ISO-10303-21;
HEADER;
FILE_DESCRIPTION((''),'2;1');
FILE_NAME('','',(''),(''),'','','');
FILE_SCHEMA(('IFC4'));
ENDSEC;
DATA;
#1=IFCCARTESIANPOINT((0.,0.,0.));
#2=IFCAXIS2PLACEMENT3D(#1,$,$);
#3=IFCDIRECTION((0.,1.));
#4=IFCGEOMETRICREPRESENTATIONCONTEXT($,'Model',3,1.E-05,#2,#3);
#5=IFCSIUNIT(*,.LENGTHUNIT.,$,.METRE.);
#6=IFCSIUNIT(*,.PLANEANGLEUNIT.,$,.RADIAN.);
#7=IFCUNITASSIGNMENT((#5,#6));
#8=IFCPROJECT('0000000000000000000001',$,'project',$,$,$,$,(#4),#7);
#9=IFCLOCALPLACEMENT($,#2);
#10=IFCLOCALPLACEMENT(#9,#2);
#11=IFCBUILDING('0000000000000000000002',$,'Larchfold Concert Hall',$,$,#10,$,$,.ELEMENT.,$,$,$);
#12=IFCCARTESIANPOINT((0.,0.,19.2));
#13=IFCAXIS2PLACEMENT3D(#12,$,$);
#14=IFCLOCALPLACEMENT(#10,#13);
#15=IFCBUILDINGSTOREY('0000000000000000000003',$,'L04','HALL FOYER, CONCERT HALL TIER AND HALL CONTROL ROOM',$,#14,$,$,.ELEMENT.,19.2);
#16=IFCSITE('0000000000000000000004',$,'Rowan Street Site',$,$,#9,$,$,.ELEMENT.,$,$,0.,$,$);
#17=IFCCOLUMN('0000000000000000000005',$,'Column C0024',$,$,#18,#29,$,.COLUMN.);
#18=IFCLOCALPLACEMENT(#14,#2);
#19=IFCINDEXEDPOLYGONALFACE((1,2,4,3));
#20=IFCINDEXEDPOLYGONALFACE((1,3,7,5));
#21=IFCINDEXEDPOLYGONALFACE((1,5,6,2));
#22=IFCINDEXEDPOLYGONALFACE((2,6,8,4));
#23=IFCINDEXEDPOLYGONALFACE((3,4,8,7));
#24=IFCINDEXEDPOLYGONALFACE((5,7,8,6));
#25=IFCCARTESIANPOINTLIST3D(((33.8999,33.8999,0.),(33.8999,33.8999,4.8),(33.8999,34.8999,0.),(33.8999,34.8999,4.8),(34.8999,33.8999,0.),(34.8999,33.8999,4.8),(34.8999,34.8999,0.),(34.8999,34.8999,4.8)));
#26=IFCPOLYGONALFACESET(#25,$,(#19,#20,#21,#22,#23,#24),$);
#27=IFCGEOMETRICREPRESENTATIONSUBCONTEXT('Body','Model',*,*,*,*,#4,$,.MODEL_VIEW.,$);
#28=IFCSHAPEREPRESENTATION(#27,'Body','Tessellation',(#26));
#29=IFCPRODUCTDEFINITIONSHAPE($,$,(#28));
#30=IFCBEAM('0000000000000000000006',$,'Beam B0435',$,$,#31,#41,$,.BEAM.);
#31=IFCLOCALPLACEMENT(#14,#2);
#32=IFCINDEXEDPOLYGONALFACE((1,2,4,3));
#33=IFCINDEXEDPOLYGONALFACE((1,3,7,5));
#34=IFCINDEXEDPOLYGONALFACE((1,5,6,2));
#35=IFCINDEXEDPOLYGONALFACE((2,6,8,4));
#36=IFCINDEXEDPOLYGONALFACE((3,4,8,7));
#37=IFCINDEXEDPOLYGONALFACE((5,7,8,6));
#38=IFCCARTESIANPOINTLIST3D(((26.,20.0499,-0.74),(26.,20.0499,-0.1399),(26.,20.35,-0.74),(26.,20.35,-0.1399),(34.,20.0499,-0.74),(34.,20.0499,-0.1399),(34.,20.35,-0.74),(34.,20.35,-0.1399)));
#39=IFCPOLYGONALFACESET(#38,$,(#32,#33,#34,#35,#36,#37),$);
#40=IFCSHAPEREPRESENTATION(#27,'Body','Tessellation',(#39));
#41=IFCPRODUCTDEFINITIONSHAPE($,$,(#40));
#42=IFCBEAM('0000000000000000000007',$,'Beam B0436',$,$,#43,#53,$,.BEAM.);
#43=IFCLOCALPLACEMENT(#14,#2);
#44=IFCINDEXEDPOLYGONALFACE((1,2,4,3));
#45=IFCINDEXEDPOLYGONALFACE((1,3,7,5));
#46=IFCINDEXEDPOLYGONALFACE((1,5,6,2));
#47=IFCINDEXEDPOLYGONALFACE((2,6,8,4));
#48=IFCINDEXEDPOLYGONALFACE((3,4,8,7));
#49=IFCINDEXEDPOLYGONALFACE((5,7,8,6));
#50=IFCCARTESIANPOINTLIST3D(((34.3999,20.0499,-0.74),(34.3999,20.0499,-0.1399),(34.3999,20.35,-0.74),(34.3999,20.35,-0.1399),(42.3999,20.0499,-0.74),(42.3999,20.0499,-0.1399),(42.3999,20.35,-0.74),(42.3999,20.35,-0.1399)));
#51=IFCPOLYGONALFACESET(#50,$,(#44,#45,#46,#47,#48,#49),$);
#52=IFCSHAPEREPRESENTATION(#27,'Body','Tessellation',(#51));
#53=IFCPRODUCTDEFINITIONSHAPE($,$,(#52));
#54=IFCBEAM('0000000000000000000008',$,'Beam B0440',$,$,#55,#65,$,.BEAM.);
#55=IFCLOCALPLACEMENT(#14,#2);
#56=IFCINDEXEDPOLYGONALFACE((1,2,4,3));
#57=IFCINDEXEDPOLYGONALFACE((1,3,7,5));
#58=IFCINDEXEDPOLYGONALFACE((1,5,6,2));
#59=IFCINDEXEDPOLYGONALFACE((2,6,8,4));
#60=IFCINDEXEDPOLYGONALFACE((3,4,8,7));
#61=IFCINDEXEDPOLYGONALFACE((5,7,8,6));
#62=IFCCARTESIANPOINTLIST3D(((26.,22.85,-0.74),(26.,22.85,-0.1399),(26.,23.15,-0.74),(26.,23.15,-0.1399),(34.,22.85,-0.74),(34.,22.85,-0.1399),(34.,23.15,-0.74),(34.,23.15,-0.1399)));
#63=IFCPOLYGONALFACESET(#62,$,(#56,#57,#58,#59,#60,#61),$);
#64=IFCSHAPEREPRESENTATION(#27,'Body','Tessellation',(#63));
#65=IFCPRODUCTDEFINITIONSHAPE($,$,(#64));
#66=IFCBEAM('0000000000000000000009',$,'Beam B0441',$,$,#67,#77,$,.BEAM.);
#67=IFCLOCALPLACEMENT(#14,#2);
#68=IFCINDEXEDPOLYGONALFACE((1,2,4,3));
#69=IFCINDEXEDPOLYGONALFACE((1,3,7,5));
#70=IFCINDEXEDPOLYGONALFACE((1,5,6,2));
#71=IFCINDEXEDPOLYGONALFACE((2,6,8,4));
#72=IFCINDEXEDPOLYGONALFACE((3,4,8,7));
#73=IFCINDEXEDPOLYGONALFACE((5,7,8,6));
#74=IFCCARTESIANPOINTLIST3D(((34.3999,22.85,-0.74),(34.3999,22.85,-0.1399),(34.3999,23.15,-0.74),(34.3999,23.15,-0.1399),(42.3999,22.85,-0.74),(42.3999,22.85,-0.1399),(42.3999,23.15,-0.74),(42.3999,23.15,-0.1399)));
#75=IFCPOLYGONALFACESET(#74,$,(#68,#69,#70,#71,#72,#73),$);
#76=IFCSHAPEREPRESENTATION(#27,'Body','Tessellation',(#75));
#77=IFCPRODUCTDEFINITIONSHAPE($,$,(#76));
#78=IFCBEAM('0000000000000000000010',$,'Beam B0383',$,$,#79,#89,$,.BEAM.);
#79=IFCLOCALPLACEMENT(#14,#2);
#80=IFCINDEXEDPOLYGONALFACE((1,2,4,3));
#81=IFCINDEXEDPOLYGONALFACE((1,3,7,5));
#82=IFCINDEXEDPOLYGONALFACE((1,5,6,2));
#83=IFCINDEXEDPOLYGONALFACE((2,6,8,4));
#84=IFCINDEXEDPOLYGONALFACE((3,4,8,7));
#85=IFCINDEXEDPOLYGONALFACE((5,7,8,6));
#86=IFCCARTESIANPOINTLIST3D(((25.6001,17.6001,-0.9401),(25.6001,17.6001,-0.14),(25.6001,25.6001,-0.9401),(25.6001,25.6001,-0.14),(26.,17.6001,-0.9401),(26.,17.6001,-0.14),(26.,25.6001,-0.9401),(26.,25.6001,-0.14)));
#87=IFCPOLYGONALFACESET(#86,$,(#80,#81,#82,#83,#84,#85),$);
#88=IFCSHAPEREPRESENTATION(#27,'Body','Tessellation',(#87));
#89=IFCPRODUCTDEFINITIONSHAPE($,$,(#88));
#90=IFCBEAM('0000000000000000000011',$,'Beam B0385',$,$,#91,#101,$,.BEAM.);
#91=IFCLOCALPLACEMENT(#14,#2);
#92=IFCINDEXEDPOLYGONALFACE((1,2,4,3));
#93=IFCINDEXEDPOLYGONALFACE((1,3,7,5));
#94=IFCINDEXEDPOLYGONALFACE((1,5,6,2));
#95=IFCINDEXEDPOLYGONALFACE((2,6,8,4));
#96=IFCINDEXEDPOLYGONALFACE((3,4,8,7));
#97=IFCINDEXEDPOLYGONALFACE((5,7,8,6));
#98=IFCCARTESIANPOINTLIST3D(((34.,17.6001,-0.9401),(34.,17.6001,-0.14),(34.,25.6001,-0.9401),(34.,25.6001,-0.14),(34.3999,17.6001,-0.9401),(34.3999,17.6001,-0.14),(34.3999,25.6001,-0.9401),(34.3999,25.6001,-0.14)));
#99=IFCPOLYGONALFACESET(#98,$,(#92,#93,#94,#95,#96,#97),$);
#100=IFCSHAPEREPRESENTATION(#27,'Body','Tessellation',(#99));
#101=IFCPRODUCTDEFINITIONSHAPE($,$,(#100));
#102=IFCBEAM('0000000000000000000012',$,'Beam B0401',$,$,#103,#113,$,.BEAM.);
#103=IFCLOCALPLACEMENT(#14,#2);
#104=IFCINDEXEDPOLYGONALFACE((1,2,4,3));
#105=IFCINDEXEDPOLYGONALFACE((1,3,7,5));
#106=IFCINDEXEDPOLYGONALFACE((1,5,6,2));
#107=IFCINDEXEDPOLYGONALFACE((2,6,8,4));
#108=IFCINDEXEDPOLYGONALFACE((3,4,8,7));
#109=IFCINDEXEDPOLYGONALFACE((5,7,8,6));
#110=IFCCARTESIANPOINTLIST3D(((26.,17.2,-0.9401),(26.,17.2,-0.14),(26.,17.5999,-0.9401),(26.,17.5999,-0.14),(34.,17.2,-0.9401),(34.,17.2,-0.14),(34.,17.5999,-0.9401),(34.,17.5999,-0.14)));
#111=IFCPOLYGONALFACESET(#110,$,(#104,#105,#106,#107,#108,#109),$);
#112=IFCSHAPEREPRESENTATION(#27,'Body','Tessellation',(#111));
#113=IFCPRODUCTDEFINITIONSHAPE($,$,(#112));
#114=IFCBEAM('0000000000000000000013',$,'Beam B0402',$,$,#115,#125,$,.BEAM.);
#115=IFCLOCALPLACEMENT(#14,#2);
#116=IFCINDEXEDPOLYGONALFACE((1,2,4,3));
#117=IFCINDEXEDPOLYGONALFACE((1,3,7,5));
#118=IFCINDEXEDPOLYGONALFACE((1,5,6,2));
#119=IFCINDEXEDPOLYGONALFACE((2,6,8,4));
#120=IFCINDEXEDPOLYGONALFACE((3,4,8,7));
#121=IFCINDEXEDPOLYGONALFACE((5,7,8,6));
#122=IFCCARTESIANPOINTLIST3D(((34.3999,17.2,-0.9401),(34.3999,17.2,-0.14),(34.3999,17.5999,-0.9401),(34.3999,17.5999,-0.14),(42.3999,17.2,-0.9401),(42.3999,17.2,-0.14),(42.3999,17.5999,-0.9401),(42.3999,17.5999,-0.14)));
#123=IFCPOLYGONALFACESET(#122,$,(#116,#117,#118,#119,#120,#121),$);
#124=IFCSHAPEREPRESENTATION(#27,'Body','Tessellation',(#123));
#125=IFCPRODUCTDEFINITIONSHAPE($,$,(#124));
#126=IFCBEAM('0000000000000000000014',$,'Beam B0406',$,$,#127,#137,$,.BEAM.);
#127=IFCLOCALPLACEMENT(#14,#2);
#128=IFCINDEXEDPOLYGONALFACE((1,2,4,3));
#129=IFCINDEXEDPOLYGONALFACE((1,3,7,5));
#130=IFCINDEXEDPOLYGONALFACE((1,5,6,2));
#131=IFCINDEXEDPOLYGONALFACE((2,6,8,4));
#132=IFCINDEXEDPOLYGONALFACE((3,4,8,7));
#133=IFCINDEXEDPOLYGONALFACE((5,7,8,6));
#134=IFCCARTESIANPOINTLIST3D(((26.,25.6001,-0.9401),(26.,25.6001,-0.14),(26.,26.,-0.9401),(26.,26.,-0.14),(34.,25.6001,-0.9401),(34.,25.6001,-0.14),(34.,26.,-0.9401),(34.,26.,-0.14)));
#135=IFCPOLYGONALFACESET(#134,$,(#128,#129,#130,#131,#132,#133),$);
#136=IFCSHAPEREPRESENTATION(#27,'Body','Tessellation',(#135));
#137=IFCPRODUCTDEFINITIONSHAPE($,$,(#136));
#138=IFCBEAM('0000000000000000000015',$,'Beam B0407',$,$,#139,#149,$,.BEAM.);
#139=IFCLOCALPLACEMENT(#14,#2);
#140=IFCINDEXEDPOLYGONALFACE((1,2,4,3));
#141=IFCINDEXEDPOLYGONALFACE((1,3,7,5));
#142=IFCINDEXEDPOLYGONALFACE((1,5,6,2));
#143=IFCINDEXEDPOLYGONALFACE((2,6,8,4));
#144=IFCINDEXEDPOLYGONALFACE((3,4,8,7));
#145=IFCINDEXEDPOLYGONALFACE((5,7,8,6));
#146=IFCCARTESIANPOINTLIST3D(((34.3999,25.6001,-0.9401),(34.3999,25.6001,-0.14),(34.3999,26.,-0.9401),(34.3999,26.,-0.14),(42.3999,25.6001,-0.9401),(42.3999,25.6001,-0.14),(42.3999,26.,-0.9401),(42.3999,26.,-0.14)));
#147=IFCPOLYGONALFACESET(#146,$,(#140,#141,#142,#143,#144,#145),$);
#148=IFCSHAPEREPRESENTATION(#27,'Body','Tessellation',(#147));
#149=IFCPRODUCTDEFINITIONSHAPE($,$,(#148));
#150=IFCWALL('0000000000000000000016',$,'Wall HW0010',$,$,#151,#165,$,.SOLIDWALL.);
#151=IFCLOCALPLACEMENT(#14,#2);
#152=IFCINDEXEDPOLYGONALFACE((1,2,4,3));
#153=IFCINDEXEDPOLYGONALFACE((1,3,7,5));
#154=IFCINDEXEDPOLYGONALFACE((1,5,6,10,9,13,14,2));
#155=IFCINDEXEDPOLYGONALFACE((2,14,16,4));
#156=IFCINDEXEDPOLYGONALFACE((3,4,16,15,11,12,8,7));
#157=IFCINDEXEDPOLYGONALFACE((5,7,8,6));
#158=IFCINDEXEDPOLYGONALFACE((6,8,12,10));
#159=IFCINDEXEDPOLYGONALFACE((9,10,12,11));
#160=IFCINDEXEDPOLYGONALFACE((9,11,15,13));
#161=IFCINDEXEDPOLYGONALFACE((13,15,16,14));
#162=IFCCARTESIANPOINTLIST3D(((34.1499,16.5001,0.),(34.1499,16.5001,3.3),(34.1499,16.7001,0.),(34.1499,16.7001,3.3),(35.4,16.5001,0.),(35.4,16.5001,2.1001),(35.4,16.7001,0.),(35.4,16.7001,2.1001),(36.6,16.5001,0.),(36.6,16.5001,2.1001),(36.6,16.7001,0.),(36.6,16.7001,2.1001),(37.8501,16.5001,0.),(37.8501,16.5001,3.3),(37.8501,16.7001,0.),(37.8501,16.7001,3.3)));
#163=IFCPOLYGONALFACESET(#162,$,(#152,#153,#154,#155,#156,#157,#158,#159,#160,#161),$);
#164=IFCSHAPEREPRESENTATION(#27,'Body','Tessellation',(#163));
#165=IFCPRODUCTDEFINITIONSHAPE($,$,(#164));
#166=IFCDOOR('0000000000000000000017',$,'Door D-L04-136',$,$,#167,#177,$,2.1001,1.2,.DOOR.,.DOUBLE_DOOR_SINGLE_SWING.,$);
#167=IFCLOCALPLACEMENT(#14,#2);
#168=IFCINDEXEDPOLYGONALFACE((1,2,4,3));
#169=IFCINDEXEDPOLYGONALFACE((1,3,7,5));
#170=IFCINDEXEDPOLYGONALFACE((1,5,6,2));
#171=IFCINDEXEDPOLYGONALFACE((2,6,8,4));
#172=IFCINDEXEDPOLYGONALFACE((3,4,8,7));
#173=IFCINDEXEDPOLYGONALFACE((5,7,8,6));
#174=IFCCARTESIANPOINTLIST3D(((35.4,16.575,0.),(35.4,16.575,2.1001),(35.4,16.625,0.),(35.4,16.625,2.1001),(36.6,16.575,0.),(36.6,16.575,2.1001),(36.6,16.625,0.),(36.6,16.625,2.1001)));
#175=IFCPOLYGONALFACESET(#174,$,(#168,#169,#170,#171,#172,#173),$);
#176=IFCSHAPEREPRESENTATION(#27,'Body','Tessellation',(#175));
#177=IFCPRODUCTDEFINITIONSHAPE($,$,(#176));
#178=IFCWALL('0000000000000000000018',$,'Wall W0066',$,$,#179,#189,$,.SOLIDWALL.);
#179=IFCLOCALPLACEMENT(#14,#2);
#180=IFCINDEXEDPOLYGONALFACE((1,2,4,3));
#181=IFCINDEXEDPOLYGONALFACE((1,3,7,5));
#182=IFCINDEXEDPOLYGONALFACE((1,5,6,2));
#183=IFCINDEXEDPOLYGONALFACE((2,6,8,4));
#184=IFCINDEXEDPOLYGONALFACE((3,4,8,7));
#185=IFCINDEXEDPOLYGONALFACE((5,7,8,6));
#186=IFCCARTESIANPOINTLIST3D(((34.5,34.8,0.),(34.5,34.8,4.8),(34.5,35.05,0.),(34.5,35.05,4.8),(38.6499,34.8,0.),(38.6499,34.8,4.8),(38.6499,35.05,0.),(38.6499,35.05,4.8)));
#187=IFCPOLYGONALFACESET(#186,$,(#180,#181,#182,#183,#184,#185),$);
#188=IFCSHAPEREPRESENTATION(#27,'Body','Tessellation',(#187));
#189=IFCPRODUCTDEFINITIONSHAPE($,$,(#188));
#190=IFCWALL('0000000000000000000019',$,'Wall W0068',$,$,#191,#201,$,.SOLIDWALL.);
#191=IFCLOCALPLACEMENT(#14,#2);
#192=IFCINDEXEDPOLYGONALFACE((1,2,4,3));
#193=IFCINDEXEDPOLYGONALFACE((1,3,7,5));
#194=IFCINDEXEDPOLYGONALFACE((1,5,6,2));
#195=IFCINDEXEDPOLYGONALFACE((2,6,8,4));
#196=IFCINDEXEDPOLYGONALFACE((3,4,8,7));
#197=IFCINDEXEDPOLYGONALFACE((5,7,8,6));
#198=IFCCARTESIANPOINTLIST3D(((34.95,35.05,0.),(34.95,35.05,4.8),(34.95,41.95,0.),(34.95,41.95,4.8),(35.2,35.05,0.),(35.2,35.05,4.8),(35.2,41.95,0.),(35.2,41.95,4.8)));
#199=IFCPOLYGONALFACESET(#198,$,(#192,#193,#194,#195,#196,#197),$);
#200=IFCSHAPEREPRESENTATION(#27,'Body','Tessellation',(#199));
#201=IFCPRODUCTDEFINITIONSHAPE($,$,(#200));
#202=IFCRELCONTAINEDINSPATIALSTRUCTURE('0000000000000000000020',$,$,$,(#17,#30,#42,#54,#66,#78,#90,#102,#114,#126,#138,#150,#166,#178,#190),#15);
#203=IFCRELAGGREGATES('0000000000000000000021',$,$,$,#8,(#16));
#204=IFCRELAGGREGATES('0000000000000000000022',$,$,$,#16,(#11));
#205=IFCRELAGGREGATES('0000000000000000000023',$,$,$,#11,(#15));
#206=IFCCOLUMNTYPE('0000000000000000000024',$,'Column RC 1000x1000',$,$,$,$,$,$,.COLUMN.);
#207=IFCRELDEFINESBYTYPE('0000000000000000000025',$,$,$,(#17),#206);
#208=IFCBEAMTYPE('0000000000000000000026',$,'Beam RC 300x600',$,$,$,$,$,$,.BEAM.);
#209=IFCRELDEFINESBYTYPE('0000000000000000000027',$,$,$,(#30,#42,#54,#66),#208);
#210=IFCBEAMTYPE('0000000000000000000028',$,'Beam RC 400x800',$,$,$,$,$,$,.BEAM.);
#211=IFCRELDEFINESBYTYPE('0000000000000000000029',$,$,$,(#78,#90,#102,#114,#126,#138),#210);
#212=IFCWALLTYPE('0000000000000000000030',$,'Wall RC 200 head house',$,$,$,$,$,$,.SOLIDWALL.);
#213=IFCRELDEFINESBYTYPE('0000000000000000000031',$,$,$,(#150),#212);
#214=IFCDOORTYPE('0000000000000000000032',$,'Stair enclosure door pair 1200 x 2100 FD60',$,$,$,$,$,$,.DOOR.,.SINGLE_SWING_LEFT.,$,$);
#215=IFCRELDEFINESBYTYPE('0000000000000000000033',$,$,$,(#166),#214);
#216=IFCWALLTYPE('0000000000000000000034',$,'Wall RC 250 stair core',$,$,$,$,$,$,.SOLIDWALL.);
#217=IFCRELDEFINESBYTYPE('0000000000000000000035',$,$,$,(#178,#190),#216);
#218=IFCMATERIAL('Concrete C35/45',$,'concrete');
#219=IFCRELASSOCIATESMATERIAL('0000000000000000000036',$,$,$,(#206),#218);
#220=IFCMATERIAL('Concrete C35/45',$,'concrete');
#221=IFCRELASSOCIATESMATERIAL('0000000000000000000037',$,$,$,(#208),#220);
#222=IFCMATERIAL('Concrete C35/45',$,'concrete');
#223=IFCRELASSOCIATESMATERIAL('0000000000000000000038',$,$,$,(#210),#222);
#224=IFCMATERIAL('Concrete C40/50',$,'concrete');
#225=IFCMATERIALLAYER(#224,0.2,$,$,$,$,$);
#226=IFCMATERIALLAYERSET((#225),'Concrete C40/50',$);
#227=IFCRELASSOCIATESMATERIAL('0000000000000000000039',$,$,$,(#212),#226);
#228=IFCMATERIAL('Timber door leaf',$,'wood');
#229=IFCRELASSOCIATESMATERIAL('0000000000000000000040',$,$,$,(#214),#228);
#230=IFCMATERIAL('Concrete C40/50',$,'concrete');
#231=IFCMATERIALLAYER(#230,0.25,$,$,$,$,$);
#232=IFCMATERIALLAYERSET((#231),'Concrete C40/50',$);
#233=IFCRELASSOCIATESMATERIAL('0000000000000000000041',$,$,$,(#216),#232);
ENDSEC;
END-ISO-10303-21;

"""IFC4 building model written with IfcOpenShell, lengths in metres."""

from ifc_helpers import new_model, si_unit, direction, frame, frame_2d, origin, origin_2d, place, context, subcontext, project, spatial, rectangle, extrude, material, layer, layer_set, material_profile, profile_set, type_object, element, fill, save


model = new_model("IFC4")

# Units and contexts
model_context = context("Model", 3, precision=1e-05, world=origin(), true_north=direction((0.0, 1.0)))
body_context = subcontext(model_context, "Body", "Model", "MODEL_VIEW")
ifc_project = project(units=[si_unit("LENGTHUNIT", "METRE"), si_unit("PLANEANGLEUNIT", "RADIAN")], contexts=[model_context])

# Site, building, storey
site_placement = place(None, origin())
site = spatial("IfcSite", under=ifc_project, at=site_placement, Name="Rowan Street Site", CompositionType="ELEMENT", RefElevation=0.0)
building_placement = place(site_placement, origin())
building = spatial("IfcBuilding", under=site, at=building_placement, Name="Larchfold Concert Hall", CompositionType="ELEMENT")
storey_placement = place(building_placement, frame((0.0, 0.0, 19.2)))
storey = spatial("IfcBuildingStorey", under=building, at=storey_placement, Name="L04", Description="HALL FOYER, CONCERT HALL TIER AND HALL CONTROL ROOM", CompositionType="ELEMENT", Elevation=19.2)

# Column
ifc_material_1 = material(Name="Concrete C35/45", Category="concrete")
ifc_material_profile_1 = material_profile(ifc_material_1, rectangle(XDim=1.0, YDim=1.0, at=origin_2d()))
ifc_profile_set_1 = profile_set([ifc_material_profile_1], Name="Concrete C35/45")
column_type = type_object("IfcColumnType", Name="Column RC 1000x1000", PredefinedType="COLUMN", material=ifc_profile_set_1)
column_placement = place(storey_placement, frame((34.3999, 34.3999, 0.0), z_axis=(0.0, 0.0, 1.0), x_axis=(1.0, 0.0, 0.0)))
element("IfcColumn", 1, at=column_placement, inside=storey, type_object=column_type, Name="Column C0024", PredefinedType="COLUMN", context=body_context, shape_type="SweptSolid", body=[
    extrude(rectangle(XDim=1.0, YDim=1.0, at=origin_2d()), origin(), (0.0, 0.0, 1.0), 4.8),
])

# Beams
ifc_material_2 = material(Name="Concrete C35/45", Category="concrete")
ifc_material_profile_2 = material_profile(ifc_material_2, rectangle(XDim=0.3, YDim=0.6001, at=origin_2d()))
ifc_profile_set_2 = profile_set([ifc_material_profile_2], Name="Concrete C35/45")
beam_type_1 = type_object("IfcBeamType", Name="Beam RC 300x600", PredefinedType="BEAM", material=ifc_profile_set_2)
for number, where, z_axis, x_axis, name in (
    (2, (26.0, 20.2, -0.4399), (1.0, 0.0, 0.0), (0.0, 1.0, 0.0), "Beam B0435"),
    (3, (34.3999, 20.2, -0.4399), (1.0, 0.0, 0.0), (0.0, 1.0, 0.0), "Beam B0436"),
    (4, (26.0, 23.0, -0.4399), (1.0, 0.0, 0.0), (0.0, 1.0, 0.0), "Beam B0440"),
    (5, (34.3999, 23.0, -0.4399), (1.0, 0.0, 0.0), (0.0, 1.0, 0.0), "Beam B0441"),
):
    element("IfcBeam", number, at=place(storey_placement, frame(where, z_axis=z_axis, x_axis=x_axis)), inside=storey, type_object=beam_type_1, Name=name, PredefinedType="BEAM", context=body_context, shape_type="SweptSolid", body=[
        extrude(rectangle(XDim=0.3, YDim=0.6001, at=origin_2d()), origin(), (0.0, 0.0, 1.0), 8.0),
    ])
ifc_material_3 = material(Name="Concrete C35/45", Category="concrete")
ifc_material_profile_3 = material_profile(ifc_material_3, rectangle(XDim=0.3999, YDim=0.8, at=origin_2d()))
ifc_profile_set_3 = profile_set([ifc_material_profile_3], Name="Concrete C35/45")
beam_type_2 = type_object("IfcBeamType", Name="Beam RC 400x800", PredefinedType="BEAM", material=ifc_profile_set_3)
for number, where, z_axis, x_axis, name in (
    (6, (25.8, 17.6001, -0.54), (0.0, 1.0, 0.0), (-1.0, 0.0, 0.0), "Beam B0383"),
    (7, (34.2, 17.6001, -0.54), (0.0, 1.0, 0.0), (-1.0, 0.0, 0.0), "Beam B0385"),
    (8, (26.0, 17.3999, -0.54), (1.0, 0.0, 0.0), (0.0, 1.0, 0.0), "Beam B0401"),
    (9, (34.3999, 17.3999, -0.54), (1.0, 0.0, 0.0), (0.0, 1.0, 0.0), "Beam B0402"),
    (10, (26.0, 25.8, -0.54), (1.0, 0.0, 0.0), (0.0, 1.0, 0.0), "Beam B0406"),
    (11, (34.3999, 25.8, -0.54), (1.0, 0.0, 0.0), (0.0, 1.0, 0.0), "Beam B0407"),
):
    element("IfcBeam", number, at=place(storey_placement, frame(where, z_axis=z_axis, x_axis=x_axis)), inside=storey, type_object=beam_type_2, Name=name, PredefinedType="BEAM", context=body_context, shape_type="SweptSolid", body=[
        extrude(rectangle(XDim=0.3999, YDim=0.8, at=origin_2d()), origin(), (0.0, 0.0, 1.0), 8.0),
    ])

# Wall, opening, door
ifc_material_4 = material(Name="Concrete C40/50", Category="concrete")
ifc_layer_1 = layer(ifc_material_4, 0.2)
ifc_layer_set_1 = layer_set([ifc_layer_1], Name="Concrete C40/50")
wall_type_1 = type_object("IfcWallType", Name="Wall RC 200 head house", PredefinedType="SOLIDWALL", material=ifc_layer_set_1)
wall_1_placement = place(storey_placement, frame((34.1499, 16.6001, 0.0), z_axis=(0.0, 0.0, 1.0), x_axis=(1.0, 0.0, 0.0)))
wall_1 = element("IfcWall", 12, at=wall_1_placement, inside=storey, type_object=wall_type_1, Name="Wall HW0010", PredefinedType="SOLIDWALL", context=body_context, shape_type="SweptSolid", body=[
    extrude(rectangle(XDim=3.7002, YDim=0.2, at=frame_2d((1.8501, 0.0))), origin(), (0.0, 0.0, 1.0), 3.3),
])
opening_1_placement = place(wall_1_placement, frame((1.25, 0.0, 0.0)))
opening_1 = element("IfcOpeningElement", 13, at=opening_1_placement, cuts=wall_1, PredefinedType="OPENING", context=body_context, shape_type="SweptSolid", body=[
    extrude(rectangle(XDim=1.2, YDim=2.1001, at=frame_2d((0.6001, 1.05))), frame((0.0, 0.1099, 0.0), z_axis=(0.0, -1.0, 0.0), x_axis=(1.0, 0.0, 0.0)), (0.0, 0.0, 1.0), 0.22),
])
ifc_material_5 = material(Name="Timber door leaf", Category="wood")
door_type = type_object("IfcDoorType", Name="Stair enclosure door pair 1200 x 2100 FD60", OperationType="SINGLE_SWING_LEFT", PredefinedType="DOOR", material=ifc_material_5)
door_placement = place(opening_1_placement, origin())
door = element("IfcDoor", 14, at=door_placement, inside=storey, type_object=door_type, Name="Door D-L04-136", OperationType="DOUBLE_DOOR_SINGLE_SWING", OverallHeight=2.1001, OverallWidth=1.2, PredefinedType="DOOR", context=body_context, shape_type="SweptSolid", body=[
    extrude(rectangle(XDim=1.2, YDim=2.1001, at=frame_2d((0.6001, 1.05))), frame((0.0, 0.0249, 0.0), z_axis=(0.0, -1.0, 0.0), x_axis=(1.0, 0.0, 0.0)), (0.0, 0.0, 1.0), 0.05),
])
fill(opening_1, door)

# Walls
ifc_material_6 = material(Name="Concrete C40/50", Category="concrete")
ifc_layer_2 = layer(ifc_material_6, 0.25)
ifc_layer_set_2 = layer_set([ifc_layer_2], Name="Concrete C40/50")
wall_type_2 = type_object("IfcWallType", Name="Wall RC 250 stair core", PredefinedType="SOLIDWALL", material=ifc_layer_set_2)
wall_2_placement = place(storey_placement, frame((34.5, 34.925, 0.0), z_axis=(0.0, 0.0, 1.0), x_axis=(1.0, 0.0, 0.0)))
element("IfcWall", 15, at=wall_2_placement, inside=storey, type_object=wall_type_2, Name="Wall W0066", PredefinedType="SOLIDWALL", context=body_context, shape_type="SweptSolid", body=[
    extrude(rectangle(XDim=4.1499, YDim=0.25, at=frame_2d((2.075, 0.0))), origin(), (0.0, 0.0, 1.0), 4.8),
])
wall_3_placement = place(storey_placement, frame((35.075, 35.05, 0.0), z_axis=(0.0, 0.0, 1.0), x_axis=(0.0, 1.0, 0.0)))
element("IfcWall", 16, at=wall_3_placement, inside=storey, type_object=wall_type_2, Name="Wall W0068", PredefinedType="SOLIDWALL", context=body_context, shape_type="SweptSolid", body=[
    extrude(rectangle(XDim=6.8999, YDim=0.25, at=frame_2d((3.45, 0.0))), origin(), (0.0, 0.0, 1.0), 4.8),
])

save(model, "model.ifc")
